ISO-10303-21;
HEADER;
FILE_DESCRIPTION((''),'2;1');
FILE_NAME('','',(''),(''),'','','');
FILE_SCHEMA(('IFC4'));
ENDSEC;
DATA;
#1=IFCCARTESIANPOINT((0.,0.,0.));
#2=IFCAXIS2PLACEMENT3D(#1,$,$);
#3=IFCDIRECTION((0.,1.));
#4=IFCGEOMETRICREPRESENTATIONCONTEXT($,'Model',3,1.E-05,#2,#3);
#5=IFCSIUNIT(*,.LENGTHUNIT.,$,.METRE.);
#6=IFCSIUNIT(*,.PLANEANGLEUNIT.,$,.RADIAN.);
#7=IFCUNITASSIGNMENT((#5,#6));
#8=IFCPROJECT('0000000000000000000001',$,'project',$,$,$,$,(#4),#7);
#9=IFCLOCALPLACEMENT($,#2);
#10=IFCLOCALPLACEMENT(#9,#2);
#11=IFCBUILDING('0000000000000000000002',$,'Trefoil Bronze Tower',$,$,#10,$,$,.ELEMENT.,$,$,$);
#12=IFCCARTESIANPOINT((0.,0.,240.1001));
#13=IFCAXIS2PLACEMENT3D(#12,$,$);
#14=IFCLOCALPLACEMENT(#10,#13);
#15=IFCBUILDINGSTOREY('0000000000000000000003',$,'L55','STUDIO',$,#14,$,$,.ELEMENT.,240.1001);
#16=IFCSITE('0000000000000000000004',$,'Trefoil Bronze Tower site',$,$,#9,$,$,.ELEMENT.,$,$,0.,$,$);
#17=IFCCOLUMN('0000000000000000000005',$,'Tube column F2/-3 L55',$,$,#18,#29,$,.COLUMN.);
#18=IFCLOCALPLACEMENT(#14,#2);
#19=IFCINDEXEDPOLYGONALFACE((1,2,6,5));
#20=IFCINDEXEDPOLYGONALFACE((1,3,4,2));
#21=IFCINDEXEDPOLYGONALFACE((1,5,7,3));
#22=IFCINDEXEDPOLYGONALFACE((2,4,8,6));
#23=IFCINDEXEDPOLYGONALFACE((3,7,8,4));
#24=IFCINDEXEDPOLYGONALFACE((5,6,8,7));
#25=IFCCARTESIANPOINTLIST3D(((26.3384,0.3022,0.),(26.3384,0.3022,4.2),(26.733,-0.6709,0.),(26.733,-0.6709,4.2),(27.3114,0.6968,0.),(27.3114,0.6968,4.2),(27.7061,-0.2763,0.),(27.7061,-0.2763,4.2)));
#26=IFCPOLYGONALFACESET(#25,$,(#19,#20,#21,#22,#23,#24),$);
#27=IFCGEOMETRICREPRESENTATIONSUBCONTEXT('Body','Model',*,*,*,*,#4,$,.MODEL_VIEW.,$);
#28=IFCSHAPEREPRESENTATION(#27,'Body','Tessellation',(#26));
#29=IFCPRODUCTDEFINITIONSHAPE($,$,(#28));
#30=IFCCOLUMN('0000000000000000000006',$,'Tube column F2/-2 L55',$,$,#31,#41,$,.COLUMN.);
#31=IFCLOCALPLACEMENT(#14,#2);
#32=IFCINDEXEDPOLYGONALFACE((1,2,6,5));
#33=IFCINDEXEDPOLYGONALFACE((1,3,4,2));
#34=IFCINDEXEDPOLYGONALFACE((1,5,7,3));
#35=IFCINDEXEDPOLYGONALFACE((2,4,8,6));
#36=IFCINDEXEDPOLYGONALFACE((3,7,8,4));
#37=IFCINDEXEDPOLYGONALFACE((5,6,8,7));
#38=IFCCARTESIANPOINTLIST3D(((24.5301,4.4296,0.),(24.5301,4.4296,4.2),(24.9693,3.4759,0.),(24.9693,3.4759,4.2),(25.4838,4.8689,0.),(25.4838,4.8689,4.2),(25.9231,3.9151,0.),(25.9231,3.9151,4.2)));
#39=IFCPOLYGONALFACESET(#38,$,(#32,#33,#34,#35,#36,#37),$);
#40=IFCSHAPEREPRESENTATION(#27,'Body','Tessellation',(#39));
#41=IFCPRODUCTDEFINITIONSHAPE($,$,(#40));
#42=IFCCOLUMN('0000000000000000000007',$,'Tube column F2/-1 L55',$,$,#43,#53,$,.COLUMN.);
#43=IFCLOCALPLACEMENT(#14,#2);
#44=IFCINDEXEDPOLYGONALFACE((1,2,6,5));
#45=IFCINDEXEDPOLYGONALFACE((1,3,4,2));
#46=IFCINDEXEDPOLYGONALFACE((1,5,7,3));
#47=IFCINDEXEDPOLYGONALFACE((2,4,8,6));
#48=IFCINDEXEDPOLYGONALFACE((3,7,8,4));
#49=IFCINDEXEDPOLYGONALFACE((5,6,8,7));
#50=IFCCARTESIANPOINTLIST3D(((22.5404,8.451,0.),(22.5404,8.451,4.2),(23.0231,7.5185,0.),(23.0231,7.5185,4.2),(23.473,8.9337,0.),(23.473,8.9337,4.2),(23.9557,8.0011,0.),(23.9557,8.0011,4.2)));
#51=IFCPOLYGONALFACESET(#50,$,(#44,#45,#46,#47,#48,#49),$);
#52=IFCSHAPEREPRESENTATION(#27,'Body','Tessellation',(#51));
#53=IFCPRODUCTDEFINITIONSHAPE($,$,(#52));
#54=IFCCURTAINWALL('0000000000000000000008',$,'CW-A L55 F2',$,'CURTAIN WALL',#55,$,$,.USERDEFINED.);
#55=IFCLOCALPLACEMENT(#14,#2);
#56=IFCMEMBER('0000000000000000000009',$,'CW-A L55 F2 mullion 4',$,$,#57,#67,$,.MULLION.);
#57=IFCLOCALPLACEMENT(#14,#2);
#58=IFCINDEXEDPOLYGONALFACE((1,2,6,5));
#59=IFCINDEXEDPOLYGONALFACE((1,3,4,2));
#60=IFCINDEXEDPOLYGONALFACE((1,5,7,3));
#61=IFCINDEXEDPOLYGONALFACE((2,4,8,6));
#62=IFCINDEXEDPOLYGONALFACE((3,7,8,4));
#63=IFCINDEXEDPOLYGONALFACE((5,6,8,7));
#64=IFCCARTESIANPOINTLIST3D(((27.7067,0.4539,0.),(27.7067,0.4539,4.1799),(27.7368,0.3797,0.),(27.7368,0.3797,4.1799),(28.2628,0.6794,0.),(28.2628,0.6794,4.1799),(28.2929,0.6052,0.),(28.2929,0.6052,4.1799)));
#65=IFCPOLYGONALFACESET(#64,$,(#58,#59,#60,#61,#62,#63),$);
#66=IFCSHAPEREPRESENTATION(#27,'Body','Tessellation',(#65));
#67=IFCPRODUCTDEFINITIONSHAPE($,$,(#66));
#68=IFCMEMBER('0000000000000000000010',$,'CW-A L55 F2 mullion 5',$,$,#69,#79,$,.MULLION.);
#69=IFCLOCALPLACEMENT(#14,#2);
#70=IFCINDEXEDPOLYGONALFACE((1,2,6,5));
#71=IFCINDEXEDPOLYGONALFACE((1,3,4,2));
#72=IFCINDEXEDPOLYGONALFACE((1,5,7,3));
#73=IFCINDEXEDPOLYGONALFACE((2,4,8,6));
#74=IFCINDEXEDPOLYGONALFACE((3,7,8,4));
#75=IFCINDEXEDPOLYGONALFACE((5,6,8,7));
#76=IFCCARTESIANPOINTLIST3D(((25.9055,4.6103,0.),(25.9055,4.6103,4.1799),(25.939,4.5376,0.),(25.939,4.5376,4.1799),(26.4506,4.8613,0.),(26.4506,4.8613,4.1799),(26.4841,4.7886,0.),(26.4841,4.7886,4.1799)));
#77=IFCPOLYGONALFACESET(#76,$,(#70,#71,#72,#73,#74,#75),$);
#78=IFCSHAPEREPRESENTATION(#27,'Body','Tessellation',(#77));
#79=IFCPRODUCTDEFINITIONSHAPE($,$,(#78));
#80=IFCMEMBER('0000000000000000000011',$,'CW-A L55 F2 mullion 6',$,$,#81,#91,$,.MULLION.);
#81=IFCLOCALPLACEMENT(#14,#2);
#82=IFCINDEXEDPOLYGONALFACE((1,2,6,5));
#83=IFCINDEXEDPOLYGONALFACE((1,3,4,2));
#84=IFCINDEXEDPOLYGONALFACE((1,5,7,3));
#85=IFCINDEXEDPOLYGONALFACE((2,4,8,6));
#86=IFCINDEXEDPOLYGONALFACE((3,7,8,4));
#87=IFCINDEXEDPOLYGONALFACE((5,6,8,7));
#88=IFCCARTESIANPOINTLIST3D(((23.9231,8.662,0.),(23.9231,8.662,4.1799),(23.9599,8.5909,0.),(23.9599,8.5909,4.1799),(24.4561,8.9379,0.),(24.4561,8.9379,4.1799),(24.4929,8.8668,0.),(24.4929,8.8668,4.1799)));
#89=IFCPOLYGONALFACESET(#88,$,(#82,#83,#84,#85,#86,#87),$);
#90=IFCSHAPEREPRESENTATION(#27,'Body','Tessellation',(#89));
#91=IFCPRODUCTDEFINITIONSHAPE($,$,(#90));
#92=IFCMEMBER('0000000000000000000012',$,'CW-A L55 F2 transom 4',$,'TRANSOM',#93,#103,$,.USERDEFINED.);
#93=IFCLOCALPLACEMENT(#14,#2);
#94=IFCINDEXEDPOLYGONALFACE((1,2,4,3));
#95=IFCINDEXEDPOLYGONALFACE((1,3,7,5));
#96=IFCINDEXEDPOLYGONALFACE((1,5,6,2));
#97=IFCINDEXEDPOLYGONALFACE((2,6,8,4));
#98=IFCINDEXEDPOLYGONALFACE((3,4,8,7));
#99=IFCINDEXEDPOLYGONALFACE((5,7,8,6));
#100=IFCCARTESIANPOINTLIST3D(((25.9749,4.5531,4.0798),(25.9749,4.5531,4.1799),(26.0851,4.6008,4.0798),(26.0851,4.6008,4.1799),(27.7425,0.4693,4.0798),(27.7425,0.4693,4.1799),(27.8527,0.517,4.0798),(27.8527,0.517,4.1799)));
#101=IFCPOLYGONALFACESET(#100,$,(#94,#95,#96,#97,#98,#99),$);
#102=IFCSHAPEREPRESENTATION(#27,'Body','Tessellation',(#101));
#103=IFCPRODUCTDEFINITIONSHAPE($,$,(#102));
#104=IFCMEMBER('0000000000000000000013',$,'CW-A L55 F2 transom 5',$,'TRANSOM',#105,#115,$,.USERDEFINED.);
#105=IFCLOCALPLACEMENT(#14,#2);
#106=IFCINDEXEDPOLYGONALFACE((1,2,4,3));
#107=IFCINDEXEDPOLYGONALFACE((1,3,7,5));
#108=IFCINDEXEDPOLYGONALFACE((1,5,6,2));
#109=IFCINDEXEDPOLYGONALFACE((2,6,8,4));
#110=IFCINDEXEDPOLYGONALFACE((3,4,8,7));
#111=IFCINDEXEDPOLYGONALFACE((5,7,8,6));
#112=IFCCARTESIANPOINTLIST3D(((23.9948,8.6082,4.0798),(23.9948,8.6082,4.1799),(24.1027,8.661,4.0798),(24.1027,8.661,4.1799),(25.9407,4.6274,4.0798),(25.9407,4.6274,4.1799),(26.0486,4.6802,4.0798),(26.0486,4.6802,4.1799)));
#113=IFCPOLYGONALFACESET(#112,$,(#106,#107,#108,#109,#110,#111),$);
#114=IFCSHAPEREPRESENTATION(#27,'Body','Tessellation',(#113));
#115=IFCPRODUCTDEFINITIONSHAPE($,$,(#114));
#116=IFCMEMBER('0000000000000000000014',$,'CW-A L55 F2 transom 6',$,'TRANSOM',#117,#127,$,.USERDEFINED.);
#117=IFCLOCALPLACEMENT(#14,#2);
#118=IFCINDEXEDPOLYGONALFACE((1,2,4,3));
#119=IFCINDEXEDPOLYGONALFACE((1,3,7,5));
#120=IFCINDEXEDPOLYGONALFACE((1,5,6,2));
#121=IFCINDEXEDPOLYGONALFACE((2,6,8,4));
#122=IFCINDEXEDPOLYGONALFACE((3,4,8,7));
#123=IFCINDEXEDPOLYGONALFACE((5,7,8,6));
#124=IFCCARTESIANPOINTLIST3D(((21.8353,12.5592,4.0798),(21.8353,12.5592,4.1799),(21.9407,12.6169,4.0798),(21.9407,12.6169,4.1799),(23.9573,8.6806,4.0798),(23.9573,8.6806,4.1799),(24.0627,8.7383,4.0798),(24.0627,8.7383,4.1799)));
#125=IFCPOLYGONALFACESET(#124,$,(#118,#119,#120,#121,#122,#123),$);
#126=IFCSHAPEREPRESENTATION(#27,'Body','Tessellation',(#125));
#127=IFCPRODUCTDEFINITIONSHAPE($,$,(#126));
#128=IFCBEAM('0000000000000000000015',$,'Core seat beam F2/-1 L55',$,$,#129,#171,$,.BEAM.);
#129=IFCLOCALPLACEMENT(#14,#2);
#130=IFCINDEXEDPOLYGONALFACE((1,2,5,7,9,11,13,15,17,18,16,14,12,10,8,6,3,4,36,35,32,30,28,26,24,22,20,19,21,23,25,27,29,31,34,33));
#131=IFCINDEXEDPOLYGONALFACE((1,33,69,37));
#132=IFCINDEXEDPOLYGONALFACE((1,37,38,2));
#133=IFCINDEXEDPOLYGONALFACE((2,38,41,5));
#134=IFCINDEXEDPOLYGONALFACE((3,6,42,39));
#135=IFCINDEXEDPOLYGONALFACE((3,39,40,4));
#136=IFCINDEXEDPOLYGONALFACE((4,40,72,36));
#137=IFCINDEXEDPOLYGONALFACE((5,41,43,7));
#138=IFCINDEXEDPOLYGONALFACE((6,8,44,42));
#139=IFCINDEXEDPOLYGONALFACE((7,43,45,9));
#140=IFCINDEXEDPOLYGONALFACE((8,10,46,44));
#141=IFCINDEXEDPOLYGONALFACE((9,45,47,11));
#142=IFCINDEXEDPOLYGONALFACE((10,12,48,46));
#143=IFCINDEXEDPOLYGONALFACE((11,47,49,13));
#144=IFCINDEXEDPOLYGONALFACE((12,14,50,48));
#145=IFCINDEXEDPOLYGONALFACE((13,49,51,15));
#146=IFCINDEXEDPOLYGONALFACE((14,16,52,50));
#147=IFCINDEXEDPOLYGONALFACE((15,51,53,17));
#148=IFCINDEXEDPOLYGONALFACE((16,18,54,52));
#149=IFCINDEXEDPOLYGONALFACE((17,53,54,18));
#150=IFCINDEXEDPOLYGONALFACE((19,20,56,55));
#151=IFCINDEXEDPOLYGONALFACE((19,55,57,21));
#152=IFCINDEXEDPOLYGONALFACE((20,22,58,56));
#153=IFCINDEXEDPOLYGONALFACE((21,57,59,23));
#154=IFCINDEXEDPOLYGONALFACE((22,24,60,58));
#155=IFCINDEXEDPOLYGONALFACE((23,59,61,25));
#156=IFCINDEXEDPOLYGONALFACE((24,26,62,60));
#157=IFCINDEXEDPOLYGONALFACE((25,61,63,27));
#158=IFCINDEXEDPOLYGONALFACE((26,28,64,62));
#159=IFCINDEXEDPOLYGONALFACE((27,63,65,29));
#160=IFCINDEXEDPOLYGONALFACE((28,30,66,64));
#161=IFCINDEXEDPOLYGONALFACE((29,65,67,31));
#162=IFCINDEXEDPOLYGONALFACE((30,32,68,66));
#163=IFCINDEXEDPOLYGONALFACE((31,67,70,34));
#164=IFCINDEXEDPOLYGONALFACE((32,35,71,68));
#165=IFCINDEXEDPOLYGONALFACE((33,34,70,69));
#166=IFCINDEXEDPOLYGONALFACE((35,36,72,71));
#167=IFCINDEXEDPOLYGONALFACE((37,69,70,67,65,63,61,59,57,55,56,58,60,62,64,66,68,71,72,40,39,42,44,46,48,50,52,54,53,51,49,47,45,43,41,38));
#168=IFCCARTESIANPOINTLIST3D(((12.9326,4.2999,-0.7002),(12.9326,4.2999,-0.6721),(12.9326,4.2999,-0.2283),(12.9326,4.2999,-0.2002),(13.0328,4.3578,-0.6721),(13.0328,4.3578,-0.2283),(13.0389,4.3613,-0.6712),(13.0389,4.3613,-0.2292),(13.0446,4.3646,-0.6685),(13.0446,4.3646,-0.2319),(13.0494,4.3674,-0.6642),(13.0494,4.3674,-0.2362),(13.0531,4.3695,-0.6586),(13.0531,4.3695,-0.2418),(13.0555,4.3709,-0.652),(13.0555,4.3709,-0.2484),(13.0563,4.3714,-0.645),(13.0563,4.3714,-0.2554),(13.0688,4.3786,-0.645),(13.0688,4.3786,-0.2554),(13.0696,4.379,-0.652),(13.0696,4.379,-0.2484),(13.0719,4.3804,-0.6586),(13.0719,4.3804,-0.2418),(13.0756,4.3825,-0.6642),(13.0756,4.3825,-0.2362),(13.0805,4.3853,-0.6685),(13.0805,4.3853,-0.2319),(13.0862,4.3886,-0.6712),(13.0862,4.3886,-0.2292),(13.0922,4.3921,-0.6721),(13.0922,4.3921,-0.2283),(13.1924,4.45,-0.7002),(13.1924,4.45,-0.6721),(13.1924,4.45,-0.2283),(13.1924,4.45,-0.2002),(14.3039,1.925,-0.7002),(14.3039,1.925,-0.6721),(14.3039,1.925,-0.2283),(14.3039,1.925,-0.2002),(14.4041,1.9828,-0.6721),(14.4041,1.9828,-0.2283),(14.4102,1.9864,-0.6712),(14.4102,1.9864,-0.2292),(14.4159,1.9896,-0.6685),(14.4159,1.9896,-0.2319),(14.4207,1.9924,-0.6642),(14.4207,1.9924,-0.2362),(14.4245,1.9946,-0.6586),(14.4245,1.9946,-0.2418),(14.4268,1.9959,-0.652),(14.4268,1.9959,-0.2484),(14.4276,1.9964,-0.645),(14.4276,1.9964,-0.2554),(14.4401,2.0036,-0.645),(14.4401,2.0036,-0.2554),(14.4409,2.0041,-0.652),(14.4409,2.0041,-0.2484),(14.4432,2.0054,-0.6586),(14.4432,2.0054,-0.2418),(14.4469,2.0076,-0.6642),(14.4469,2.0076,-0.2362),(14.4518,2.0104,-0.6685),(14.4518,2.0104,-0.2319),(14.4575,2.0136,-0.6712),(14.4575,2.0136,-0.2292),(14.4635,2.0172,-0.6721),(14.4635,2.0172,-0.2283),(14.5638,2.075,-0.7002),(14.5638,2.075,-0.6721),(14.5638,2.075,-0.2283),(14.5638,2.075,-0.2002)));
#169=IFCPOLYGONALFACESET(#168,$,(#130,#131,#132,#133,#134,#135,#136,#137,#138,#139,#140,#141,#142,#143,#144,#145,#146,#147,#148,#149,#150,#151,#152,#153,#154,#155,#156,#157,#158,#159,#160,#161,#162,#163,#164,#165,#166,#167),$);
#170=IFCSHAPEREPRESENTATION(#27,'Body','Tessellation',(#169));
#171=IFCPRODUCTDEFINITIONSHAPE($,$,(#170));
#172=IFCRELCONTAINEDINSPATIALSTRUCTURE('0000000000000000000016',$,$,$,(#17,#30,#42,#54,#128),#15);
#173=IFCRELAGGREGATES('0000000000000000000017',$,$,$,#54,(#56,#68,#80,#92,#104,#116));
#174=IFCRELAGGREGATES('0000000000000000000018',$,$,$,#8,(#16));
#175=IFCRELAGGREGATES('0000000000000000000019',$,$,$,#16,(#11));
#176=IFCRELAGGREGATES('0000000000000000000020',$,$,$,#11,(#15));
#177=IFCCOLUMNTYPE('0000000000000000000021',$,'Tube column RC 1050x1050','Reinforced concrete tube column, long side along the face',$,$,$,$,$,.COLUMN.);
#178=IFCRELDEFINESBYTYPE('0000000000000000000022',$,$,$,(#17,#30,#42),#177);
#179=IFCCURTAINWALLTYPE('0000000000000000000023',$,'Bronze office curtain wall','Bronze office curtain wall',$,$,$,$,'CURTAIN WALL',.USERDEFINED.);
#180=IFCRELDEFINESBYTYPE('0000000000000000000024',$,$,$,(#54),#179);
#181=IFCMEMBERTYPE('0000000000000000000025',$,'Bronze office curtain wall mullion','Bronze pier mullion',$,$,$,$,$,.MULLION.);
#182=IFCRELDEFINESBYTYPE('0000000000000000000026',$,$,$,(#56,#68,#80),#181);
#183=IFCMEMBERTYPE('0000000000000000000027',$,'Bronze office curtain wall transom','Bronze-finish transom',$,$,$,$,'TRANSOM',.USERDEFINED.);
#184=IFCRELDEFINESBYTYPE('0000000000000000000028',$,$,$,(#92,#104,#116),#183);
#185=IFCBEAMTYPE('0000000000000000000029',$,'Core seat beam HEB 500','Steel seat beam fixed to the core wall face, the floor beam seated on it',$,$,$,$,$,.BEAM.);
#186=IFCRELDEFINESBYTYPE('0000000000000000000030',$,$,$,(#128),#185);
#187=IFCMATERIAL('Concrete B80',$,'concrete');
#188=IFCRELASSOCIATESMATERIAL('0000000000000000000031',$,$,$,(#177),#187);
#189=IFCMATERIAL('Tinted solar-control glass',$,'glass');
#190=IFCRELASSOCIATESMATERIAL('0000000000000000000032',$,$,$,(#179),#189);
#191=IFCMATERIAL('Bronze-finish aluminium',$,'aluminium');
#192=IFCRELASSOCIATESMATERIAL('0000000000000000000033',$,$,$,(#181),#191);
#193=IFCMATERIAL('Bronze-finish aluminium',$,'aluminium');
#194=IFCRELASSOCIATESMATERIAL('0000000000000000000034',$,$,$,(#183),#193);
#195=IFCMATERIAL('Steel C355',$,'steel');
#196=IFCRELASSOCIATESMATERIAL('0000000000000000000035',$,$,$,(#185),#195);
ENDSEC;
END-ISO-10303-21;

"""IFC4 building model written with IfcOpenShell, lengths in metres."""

from ifc_helpers import new_model, si_unit, direction, frame, origin, origin_2d, place, context, subcontext, project, spatial, rectangle, i_section, extrude, material, material_profile, profile_set, type_object, element, aggregate, save


model = new_model("IFC4")

# Units and contexts
model_context = context("Model", 3, precision=1e-05, world=origin(), true_north=direction((0.0, 1.0)))
body_context = subcontext(model_context, "Body", "Model", "MODEL_VIEW")
ifc_project = project(units=[si_unit("LENGTHUNIT", "METRE"), si_unit("PLANEANGLEUNIT", "RADIAN")], contexts=[model_context])

# Site, building, storey
site_placement = place(None, origin())
site = spatial("IfcSite", under=ifc_project, at=site_placement, Name="Trefoil Bronze Tower site", CompositionType="ELEMENT", RefElevation=0.0)
building_placement = place(site_placement, origin())
building = spatial("IfcBuilding", under=site, at=building_placement, Name="Trefoil Bronze Tower", CompositionType="ELEMENT")
storey_placement = place(building_placement, frame((0.0, 0.0, 240.1001)))
storey = spatial("IfcBuildingStorey", under=building, at=storey_placement, Name="L55", Description="STUDIO", CompositionType="ELEMENT", Elevation=240.1001)

# Columns
ifc_material_1 = material(Name="Concrete B80", Category="concrete")
ifc_material_profile_1 = material_profile(ifc_material_1, rectangle(XDim=1.05, YDim=1.05, at=origin_2d()), Name="RC 1050x1050")
ifc_profile_set_1 = profile_set([ifc_material_profile_1], Name="Concrete B80")
column_type = type_object("IfcColumnType", Name="Tube column RC 1050x1050", Description="Reinforced concrete tube column, long side along the face", PredefinedType="COLUMN", material=ifc_profile_set_1)
for number, where, z_axis, x_axis, name in (
    (1, (27.0222, 0.0129, 0.0), (0.0, 0.0, 1.0), (-0.375828, 0.926689, 0.0), "Tube column F2/-3 L55"),
    (2, (25.2266, 4.1724, 0.0), (0.0, 0.0, 1.0), (-0.418286, 0.908315, 0.0), "Tube column F2/-2 L55"),
    (3, (23.248, 8.2261, 0.0), (0.0, 0.0, 1.0), (-0.459673, 0.888088, 0.0), "Tube column F2/-1 L55"),
):
    element("IfcColumn", number, at=place(storey_placement, frame(where, z_axis=z_axis, x_axis=x_axis)), inside=storey, type_object=column_type, Name=name, PredefinedType="COLUMN", context=body_context, shape_type="SweptSolid", body=[
        extrude(rectangle(XDim=1.05, YDim=1.05, at=origin_2d()), origin(), (0.0, 0.0, 1.0), 4.2),
    ])

# Curtain wall, members
ifc_material_2 = material(Name="Tinted solar-control glass", Category="glass")
curtain_wall_type = type_object("IfcCurtainWallType", Name="Bronze office curtain wall", Description="Bronze office curtain wall", ElementType="CURTAIN WALL", PredefinedType="USERDEFINED", material=ifc_material_2)
curtain_wall_placement = place(storey_placement, origin())
curtain_wall = element("IfcCurtainWall", 4, at=curtain_wall_placement, inside=storey, type_object=curtain_wall_type, Name="CW-A L55 F2", ObjectType="CURTAIN WALL", PredefinedType="USERDEFINED")
ifc_material_3 = material(Name="Bronze-finish aluminium", Category="aluminium")
ifc_material_profile_2 = material_profile(ifc_material_3, rectangle(XDim=0.6001, YDim=0.0801, at=origin_2d()), Name="CW-A mullion")
ifc_profile_set_2 = profile_set([ifc_material_profile_2], Name="Bronze-finish aluminium")
member_type_1 = type_object("IfcMemberType", Name="Bronze office curtain wall mullion", Description="Bronze pier mullion", PredefinedType="MULLION", material=ifc_profile_set_2)
member_1_placement = place(storey_placement, frame((27.9998, 0.5295, 0.0), z_axis=(0.0, 0.0, 1.0), x_axis=(-0.926689, -0.375828, 0.0)))
member_1 = element("IfcMember", 5, at=member_1_placement, type_object=member_type_1, Name="CW-A L55 F2 mullion 4", PredefinedType="MULLION", context=body_context, shape_type="SweptSolid", body=[
    extrude(rectangle(XDim=0.6001, YDim=0.0801, at=origin_2d()), origin(), (0.0, 0.0, 1.0), 4.1799),
])
member_2_placement = place(storey_placement, frame((26.1948, 4.6995, 0.0), z_axis=(0.0, 0.0, 1.0), x_axis=(-0.908315, -0.418286, 0.0)))
member_2 = element("IfcMember", 6, at=member_2_placement, type_object=member_type_1, Name="CW-A L55 F2 mullion 5", PredefinedType="MULLION", context=body_context, shape_type="SweptSolid", body=[
    extrude(rectangle(XDim=0.6001, YDim=0.0801, at=origin_2d()), origin(), (0.0, 0.0, 1.0), 4.1799),
])
member_3_placement = place(storey_placement, frame((24.208, 8.7644, 0.0), z_axis=(0.0, 0.0, 1.0), x_axis=(-0.888088, -0.459673, 0.0)))
member_3 = element("IfcMember", 7, at=member_3_placement, type_object=member_type_1, Name="CW-A L55 F2 mullion 6", PredefinedType="MULLION", context=body_context, shape_type="SweptSolid", body=[
    extrude(rectangle(XDim=0.6001, YDim=0.0801, at=origin_2d()), origin(), (0.0, 0.0, 1.0), 4.1799),
])
ifc_material_4 = material(Name="Bronze-finish aluminium", Category="aluminium")
ifc_material_profile_3 = material_profile(ifc_material_4, rectangle(XDim=0.1201, YDim=0.1001, at=origin_2d()), Name="CW-A transom")
ifc_profile_set_3 = profile_set([ifc_material_profile_3], Name="Bronze-finish aluminium")
member_type_2 = type_object("IfcMemberType", Name="Bronze office curtain wall transom", Description="Bronze-finish transom", ElementType="TRANSOM", PredefinedType="USERDEFINED", material=ifc_profile_set_3)
member_4_placement = place(storey_placement, frame((27.7976, 0.4932, 4.1299), z_axis=(-0.397221, 0.917723, 0.0), x_axis=(-0.917723, -0.397221, 0.0)))
member_4 = element("IfcMember", 8, at=member_4_placement, type_object=member_type_2, Name="CW-A L55 F2 transom 4", ObjectType="TRANSOM", PredefinedType="USERDEFINED", context=body_context, shape_type="SweptSolid", body=[
    extrude(rectangle(XDim=0.1201, YDim=0.1001, at=origin_2d()), origin(), (0.0, 0.0, 1.0), 4.45),
])
member_5_placement = place(storey_placement, frame((25.9946, 4.6538, 4.1299), z_axis=(-0.439151, 0.898413, 0.0), x_axis=(-0.898413, -0.439151, 0.0)))
member_5 = element("IfcMember", 9, at=member_5_placement, type_object=member_type_2, Name="CW-A L55 F2 transom 5", ObjectType="TRANSOM", PredefinedType="USERDEFINED", context=body_context, shape_type="SweptSolid", body=[
    extrude(rectangle(XDim=0.1201, YDim=0.1001, at=origin_2d()), origin(), (0.0, 0.0, 1.0), 4.4309),
])
member_6_placement = place(storey_placement, frame((24.01, 8.7095, 4.1299), z_axis=(-0.479974, 0.877283, 0.0), x_axis=(-0.877283, -0.479974, 0.0)))
member_6 = element("IfcMember", 10, at=member_6_placement, type_object=member_type_2, Name="CW-A L55 F2 transom 6", ObjectType="TRANSOM", PredefinedType="USERDEFINED", context=body_context, shape_type="SweptSolid", body=[
    extrude(rectangle(XDim=0.1201, YDim=0.1001, at=origin_2d()), origin(), (0.0, 0.0, 1.0), 4.4211),
])

# Beam
ifc_material_5 = material(Name="Steel C355", Category="steel")
ifc_material_profile_4 = material_profile(ifc_material_5, i_section(OverallWidth=0.3, OverallDepth=0.5, WebThickness=0.0144, FlangeThickness=0.0281, FilletRadius=0.0271, at=origin_2d()), Name="HEB 500")
ifc_profile_set_4 = profile_set([ifc_material_profile_4], Name="Steel C355")
beam_type_1 = type_object("IfcBeamType", Name="Core seat beam HEB 500", Description="Steel seat beam fixed to the core wall face, the floor beam seated on it", PredefinedType="BEAM", material=ifc_profile_set_4)
for number, where, z_axis, x_axis, name in (
    (11, (14.4338, 2.0, -0.4502), (-0.500036, 0.866005, 0.0), (-0.866005, -0.500036, 0.0), "Core seat beam F2/-1 L55"),
):
    element("IfcBeam", number, at=place(storey_placement, frame(where, z_axis=z_axis, x_axis=x_axis)), inside=storey, type_object=beam_type_1, Name=name, PredefinedType="BEAM", context=body_context, shape_type="SweptSolid", body=[
        extrude(i_section(OverallWidth=0.3, OverallDepth=0.5, WebThickness=0.0144, FlangeThickness=0.0281, FilletRadius=0.0271, at=origin_2d()), origin(), (0.0, 0.0, 1.0), 2.7424),
    ])

aggregate(curtain_wall, [member_1, member_2, member_3, member_4, member_5, member_6])

save(model, "model.ifc")
